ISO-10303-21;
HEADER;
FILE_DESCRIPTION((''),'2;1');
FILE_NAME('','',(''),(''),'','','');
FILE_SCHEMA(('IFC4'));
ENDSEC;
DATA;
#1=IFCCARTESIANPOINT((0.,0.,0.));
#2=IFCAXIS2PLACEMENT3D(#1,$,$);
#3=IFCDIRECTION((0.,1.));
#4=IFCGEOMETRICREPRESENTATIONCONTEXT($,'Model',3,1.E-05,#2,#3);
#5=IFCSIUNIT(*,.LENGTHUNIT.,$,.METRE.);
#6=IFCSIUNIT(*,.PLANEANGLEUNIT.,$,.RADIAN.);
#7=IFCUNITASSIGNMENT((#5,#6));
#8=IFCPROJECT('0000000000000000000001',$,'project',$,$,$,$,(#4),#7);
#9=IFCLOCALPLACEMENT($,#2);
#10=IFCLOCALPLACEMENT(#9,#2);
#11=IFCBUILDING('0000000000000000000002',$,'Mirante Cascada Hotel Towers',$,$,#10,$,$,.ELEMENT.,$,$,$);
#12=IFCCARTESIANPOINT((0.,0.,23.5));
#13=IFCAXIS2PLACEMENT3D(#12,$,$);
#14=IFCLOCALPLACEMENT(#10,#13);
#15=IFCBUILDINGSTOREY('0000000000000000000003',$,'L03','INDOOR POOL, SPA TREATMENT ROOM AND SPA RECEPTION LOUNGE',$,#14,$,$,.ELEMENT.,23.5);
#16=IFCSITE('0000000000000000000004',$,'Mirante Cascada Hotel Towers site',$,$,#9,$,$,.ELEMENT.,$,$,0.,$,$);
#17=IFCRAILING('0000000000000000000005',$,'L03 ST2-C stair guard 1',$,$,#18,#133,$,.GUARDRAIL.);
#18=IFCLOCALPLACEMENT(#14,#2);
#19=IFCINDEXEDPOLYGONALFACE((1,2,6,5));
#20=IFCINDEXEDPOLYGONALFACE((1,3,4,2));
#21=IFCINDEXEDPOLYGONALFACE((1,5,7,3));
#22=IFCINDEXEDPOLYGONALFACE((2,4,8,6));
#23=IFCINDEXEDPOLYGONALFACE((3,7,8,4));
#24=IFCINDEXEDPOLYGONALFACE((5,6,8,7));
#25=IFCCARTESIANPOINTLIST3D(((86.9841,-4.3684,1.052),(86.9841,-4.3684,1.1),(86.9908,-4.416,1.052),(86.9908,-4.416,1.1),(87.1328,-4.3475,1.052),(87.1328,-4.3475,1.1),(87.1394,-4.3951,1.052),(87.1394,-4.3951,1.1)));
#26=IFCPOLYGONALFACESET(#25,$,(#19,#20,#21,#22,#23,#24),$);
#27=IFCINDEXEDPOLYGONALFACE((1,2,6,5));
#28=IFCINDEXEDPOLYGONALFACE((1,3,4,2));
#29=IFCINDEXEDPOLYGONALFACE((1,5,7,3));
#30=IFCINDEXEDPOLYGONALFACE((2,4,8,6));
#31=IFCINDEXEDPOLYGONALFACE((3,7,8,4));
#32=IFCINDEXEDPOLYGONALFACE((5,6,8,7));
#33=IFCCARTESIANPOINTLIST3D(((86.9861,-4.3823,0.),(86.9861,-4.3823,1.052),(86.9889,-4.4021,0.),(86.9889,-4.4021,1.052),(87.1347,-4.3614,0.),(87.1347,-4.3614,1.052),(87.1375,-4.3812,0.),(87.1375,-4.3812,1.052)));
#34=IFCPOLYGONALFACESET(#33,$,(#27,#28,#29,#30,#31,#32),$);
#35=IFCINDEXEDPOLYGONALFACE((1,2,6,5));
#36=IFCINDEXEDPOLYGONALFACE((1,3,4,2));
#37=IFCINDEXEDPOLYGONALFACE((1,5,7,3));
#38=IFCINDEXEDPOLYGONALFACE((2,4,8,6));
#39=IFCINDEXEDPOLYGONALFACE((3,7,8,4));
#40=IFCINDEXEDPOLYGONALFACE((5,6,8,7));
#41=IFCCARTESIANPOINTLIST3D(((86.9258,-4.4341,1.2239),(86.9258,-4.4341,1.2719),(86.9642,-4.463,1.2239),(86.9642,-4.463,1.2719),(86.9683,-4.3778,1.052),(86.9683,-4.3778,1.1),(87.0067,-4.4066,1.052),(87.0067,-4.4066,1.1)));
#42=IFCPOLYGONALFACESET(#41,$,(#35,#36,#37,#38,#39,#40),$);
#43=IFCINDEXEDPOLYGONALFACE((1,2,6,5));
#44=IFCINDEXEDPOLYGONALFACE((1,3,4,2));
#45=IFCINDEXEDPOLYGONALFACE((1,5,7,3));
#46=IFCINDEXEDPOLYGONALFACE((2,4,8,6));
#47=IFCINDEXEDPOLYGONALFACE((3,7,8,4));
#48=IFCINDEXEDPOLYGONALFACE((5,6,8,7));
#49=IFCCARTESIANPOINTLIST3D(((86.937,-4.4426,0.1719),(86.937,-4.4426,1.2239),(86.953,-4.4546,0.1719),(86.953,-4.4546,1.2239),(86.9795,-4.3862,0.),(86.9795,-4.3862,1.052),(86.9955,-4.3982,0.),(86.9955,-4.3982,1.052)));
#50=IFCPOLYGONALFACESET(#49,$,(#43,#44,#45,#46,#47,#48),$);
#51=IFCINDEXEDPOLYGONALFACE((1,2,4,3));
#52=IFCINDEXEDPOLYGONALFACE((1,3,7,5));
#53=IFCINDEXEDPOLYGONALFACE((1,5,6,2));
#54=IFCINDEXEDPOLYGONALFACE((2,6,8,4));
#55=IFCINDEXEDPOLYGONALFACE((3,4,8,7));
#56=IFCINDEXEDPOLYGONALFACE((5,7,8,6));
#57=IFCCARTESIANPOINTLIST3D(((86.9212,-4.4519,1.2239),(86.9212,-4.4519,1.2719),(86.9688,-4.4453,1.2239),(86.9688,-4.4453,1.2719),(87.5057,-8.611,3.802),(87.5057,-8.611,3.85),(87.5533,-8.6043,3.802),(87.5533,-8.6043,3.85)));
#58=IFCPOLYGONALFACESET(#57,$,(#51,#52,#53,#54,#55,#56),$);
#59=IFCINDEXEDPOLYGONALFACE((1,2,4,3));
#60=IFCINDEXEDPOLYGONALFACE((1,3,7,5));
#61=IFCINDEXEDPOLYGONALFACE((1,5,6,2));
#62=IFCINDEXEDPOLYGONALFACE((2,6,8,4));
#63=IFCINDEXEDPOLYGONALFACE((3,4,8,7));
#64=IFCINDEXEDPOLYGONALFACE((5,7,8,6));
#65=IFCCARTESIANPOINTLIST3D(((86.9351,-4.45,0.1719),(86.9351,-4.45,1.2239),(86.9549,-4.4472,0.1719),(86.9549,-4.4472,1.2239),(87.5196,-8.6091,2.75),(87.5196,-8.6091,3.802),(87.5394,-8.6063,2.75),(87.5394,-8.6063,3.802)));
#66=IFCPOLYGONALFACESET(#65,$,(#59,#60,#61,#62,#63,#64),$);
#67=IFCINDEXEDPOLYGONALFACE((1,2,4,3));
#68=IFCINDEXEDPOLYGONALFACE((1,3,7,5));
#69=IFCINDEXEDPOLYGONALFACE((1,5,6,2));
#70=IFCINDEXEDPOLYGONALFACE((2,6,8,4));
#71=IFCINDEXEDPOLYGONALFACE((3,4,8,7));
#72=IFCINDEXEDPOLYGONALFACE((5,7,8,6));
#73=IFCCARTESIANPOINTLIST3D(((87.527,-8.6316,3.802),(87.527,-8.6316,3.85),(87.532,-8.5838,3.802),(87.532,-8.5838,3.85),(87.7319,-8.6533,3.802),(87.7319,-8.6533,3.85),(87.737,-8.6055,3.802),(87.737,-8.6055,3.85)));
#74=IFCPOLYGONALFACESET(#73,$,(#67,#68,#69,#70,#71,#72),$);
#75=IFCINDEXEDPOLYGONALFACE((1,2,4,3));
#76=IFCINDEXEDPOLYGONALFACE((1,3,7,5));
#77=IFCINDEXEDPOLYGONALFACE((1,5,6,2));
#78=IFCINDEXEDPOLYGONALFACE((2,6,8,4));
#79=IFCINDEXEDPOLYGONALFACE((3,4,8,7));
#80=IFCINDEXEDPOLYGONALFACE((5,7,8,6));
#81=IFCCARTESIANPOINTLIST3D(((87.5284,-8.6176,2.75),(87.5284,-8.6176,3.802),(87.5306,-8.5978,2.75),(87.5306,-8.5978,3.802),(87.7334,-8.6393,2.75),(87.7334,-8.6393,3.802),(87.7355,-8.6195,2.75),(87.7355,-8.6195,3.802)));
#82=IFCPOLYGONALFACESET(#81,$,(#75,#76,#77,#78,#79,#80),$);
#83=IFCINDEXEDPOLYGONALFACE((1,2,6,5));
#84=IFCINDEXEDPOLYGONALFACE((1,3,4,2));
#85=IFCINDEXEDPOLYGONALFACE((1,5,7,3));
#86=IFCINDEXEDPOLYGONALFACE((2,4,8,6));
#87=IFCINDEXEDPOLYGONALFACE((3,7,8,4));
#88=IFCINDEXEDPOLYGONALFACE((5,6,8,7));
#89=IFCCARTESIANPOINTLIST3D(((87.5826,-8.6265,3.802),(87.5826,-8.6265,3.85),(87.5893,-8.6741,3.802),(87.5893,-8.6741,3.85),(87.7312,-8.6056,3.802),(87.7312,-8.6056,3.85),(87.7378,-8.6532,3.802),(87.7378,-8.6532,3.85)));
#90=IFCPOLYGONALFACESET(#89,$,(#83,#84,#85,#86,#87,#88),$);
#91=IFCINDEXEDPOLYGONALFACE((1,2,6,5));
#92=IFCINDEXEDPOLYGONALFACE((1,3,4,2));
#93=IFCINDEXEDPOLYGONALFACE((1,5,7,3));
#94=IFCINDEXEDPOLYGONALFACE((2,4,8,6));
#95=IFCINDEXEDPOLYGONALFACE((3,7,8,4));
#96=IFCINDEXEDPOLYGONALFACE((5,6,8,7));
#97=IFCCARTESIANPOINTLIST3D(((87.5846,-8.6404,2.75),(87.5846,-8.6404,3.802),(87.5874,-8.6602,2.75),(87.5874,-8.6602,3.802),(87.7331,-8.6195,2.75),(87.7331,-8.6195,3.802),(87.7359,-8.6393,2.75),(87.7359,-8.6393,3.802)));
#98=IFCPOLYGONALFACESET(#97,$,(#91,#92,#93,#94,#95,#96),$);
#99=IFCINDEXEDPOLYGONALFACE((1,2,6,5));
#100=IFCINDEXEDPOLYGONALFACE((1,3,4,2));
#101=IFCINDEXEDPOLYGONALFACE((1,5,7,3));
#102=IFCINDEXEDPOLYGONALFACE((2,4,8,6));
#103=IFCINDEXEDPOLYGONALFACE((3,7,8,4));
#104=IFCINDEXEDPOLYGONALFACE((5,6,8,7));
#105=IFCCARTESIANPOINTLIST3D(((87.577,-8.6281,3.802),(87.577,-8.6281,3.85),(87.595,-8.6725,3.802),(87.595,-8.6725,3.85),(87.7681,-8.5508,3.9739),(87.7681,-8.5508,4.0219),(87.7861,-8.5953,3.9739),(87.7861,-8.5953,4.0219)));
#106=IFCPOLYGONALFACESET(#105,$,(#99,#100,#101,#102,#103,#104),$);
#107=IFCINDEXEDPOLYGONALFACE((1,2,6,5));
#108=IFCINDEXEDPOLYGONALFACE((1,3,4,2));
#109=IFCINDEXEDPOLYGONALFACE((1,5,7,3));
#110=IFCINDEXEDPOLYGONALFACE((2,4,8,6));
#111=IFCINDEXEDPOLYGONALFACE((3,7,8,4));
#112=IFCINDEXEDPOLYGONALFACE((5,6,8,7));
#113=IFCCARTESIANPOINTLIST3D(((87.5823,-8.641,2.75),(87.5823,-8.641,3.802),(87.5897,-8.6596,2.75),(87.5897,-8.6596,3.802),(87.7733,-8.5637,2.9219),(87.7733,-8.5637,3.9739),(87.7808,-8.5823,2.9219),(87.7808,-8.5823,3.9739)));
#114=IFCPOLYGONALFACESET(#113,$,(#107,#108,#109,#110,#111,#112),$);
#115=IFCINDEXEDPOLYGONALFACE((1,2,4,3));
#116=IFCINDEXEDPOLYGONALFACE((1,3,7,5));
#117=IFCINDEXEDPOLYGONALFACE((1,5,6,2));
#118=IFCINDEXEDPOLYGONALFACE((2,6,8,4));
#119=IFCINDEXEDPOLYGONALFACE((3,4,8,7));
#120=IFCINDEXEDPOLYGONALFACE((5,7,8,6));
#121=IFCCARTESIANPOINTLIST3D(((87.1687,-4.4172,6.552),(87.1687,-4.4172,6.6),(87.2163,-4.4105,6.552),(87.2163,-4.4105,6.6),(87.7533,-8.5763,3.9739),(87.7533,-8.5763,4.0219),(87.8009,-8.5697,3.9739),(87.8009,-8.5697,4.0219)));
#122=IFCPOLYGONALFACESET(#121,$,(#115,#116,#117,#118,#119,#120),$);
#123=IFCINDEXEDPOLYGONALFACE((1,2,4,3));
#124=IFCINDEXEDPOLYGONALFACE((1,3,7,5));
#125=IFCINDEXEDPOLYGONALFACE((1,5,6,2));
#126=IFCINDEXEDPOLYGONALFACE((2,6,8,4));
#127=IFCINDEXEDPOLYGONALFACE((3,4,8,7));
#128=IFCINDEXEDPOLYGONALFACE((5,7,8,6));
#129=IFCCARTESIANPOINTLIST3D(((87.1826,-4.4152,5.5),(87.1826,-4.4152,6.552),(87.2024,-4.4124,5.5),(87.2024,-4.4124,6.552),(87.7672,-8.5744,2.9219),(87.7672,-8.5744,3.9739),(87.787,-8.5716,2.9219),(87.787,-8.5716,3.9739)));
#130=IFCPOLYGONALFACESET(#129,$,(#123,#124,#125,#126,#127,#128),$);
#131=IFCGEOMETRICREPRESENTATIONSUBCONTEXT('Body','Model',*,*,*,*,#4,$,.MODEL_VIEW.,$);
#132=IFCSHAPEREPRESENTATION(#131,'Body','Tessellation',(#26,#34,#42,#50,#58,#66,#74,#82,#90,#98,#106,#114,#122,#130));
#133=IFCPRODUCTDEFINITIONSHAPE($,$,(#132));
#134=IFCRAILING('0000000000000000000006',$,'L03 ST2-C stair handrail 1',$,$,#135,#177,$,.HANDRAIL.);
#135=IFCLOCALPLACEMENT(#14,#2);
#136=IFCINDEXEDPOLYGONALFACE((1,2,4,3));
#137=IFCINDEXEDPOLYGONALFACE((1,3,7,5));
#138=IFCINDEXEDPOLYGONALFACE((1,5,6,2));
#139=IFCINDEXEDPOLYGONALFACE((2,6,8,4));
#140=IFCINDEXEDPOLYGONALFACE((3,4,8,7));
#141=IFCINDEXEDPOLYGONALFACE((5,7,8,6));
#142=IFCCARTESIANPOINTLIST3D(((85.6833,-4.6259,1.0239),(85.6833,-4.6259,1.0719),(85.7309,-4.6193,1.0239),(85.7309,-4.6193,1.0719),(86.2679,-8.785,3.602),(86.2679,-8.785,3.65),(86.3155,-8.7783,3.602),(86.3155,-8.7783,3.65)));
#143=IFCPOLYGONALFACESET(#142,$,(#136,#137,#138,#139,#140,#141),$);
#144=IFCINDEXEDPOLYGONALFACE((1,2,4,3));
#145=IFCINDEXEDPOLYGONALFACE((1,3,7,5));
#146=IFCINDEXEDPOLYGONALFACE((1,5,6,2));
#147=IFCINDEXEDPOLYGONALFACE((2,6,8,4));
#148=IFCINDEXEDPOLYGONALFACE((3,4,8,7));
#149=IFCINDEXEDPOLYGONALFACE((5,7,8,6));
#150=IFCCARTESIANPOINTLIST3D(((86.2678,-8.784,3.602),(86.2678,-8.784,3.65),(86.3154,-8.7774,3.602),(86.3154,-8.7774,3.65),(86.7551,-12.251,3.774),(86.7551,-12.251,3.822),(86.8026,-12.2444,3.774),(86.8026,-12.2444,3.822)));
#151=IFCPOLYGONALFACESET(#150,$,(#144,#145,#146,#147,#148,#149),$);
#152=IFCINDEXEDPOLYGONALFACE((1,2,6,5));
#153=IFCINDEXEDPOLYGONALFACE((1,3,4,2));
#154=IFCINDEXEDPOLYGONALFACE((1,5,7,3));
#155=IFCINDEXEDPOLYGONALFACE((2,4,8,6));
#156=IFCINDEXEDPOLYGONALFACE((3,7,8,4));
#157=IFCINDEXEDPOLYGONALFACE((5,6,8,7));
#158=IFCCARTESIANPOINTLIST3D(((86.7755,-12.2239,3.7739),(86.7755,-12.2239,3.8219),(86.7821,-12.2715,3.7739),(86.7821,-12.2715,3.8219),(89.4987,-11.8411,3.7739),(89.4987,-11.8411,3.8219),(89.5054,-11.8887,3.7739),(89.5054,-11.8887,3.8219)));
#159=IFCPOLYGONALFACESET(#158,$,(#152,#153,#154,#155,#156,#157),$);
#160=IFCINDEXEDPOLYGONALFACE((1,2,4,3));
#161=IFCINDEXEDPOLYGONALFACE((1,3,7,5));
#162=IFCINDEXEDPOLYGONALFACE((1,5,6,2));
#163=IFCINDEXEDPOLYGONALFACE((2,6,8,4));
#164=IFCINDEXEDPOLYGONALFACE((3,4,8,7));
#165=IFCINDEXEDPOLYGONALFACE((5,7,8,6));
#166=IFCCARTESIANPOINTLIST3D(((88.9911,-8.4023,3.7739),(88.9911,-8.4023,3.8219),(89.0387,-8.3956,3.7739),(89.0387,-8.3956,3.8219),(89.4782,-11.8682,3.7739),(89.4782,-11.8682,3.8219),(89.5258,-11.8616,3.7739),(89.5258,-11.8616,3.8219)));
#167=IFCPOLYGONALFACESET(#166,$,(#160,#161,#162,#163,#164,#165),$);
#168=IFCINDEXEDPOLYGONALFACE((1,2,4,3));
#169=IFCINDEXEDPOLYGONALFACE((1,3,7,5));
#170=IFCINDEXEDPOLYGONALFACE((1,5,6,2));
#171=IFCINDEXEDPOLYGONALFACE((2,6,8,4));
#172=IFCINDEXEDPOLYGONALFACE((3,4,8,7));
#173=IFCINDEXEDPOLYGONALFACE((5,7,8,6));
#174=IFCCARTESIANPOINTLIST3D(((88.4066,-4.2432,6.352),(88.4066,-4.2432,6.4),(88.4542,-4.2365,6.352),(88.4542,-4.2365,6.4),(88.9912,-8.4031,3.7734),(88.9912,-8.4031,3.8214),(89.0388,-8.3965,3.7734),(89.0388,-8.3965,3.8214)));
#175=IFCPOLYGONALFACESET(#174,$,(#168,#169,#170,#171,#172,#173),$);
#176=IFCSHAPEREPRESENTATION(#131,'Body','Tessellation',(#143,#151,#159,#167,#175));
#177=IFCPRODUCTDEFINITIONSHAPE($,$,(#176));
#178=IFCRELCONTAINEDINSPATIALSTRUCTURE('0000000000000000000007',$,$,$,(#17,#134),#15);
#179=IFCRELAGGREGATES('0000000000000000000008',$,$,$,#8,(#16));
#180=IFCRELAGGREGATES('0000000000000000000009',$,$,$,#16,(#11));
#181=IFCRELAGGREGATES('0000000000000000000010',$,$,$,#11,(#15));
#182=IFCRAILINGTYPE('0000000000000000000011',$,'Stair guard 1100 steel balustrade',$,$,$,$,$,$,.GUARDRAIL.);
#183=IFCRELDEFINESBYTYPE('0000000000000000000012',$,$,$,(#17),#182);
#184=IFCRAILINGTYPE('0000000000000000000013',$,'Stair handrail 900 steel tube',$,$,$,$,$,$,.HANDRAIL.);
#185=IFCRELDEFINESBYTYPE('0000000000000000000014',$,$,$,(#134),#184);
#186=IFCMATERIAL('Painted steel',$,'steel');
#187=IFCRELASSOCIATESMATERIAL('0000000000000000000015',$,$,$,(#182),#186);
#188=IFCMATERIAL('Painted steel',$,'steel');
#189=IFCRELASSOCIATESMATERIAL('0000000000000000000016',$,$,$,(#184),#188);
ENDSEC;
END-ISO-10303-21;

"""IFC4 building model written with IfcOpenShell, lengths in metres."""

from ifc_helpers import new_model, si_unit, direction, frame, origin, origin_2d, place, context, subcontext, project, spatial, rectangle, extrude, material, type_object, element, save


model = new_model("IFC4")

# Units and contexts
model_context = context("Model", 3, precision=1e-05, world=origin(), true_north=direction((0.0, 1.0)))
body_context = subcontext(model_context, "Body", "Model", "MODEL_VIEW")
ifc_project = project(units=[si_unit("LENGTHUNIT", "METRE"), si_unit("PLANEANGLEUNIT", "RADIAN")], contexts=[model_context])

# Site, building, storey
site_placement = place(None, origin())
site = spatial("IfcSite", under=ifc_project, at=site_placement, Name="Mirante Cascada Hotel Towers site", CompositionType="ELEMENT", RefElevation=0.0)
building_placement = place(site_placement, origin())
building = spatial("IfcBuilding", under=site, at=building_placement, Name="Mirante Cascada Hotel Towers", CompositionType="ELEMENT")
storey_placement = place(building_placement, frame((0.0, 0.0, 23.5)))
storey = spatial("IfcBuildingStorey", under=building, at=storey_placement, Name="L03", Description="INDOOR POOL, SPA TREATMENT ROOM AND SPA RECEPTION LOUNGE", CompositionType="ELEMENT", Elevation=23.5)

# Railings
ifc_material_1 = material(Name="Painted steel", Category="steel")
railing_type_1 = type_object("IfcRailingType", Name="Stair guard 1100 steel balustrade", PredefinedType="GUARDRAIL", material=ifc_material_1)
railing_1_placement = place(storey_placement, frame((87.1361, -4.3713, 0.0)))
element("IfcRailing", 1, at=railing_1_placement, inside=storey, type_object=railing_type_1, Name="L03 ST2-C stair guard 1", PredefinedType="GUARDRAIL", context=body_context, shape_type="SweptSolid", body=[
    extrude(rectangle(XDim=0.048, YDim=0.048, at=origin_2d()), frame((0.0, 0.0, 1.076), z_axis=(-0.990254, -0.139275, 0.0), x_axis=(0.139275, -0.990254, 0.0)), (0.0, 0.0, 1.0), 0.1501),
    extrude(rectangle(XDim=0.02, YDim=1.052, at=origin_2d()), frame((0.0, 0.0, 0.526), z_axis=(-0.990254, -0.139275, 0.0), x_axis=(0.139275, -0.990254, 0.0)), (0.0, 0.0, 1.0), 0.1501),
    extrude(rectangle(XDim=0.048, YDim=0.048, at=origin_2d()), frame((-0.1486, -0.0209, 1.076), z_axis=(-0.601811, -0.798639, 0.0), x_axis=(0.798639, -0.601811, 0.0)), (0.0, 0.924985, 0.380004), 0.1858),
    extrude(rectangle(XDim=0.02, YDim=1.052, at=origin_2d()), frame((-0.1486, -0.0209, 0.526), z_axis=(-0.601811, -0.798639, 0.0), x_axis=(0.798639, -0.601811, 0.0)), (0.0, 0.924985, 0.380004), 0.1858),
    extrude(rectangle(XDim=0.048, YDim=0.048, at=origin_2d()), frame((-0.1911, -0.0773, 1.2479), z_axis=(0.139168, -0.990269, 0.0), x_axis=(0.990269, 0.139168, 0.0)), (0.0, 0.523141, 0.852246), 4.9281),
    extrude(rectangle(XDim=0.02, YDim=1.052, at=origin_2d()), frame((-0.1911, -0.0773, 0.6979), z_axis=(0.139168, -0.990269, 0.0), x_axis=(0.990269, 0.139168, 0.0)), (0.0, 0.523141, 0.852246), 4.9281),
    extrude(rectangle(XDim=0.048, YDim=0.048, at=origin_2d()), frame((0.3934, -4.2364, 3.826), z_axis=(0.994444, -0.105266, 0.0), x_axis=(0.105266, 0.994444, 0.0)), (0.0, 0.0, 1.0), 0.2061),
    extrude(rectangle(XDim=0.02, YDim=1.052, at=origin_2d()), frame((0.3934, -4.2364, 3.276), z_axis=(0.994444, -0.105266, 0.0), x_axis=(0.105266, 0.994444, 0.0)), (0.0, 0.0, 1.0), 0.2061),
    extrude(rectangle(XDim=0.048, YDim=0.048, at=origin_2d()), frame((0.5984, -4.2581, 3.826), z_axis=(-0.990241, -0.139367, 0.0), x_axis=(0.139367, -0.990241, 0.0)), (0.0, 0.0, 1.0), 0.15),
    extrude(rectangle(XDim=0.02, YDim=1.052, at=origin_2d()), frame((0.5984, -4.2581, 3.276), z_axis=(-0.990241, -0.139367, 0.0), x_axis=(0.139367, -0.990241, 0.0)), (0.0, 0.0, 1.0), 0.15),
    extrude(rectangle(XDim=0.048, YDim=0.048, at=origin_2d()), frame((0.4499, -4.279, 3.826), z_axis=(0.927031, 0.374984, 0.0), x_axis=(-0.374984, 0.927031, 0.0)), (0.0, 0.640437, 0.76801), 0.2684),
    extrude(rectangle(XDim=0.02, YDim=1.052, at=origin_2d()), frame((0.4499, -4.279, 3.276), z_axis=(0.927031, 0.374984, 0.0), x_axis=(-0.374984, 0.927031, 0.0)), (0.0, 0.640437, 0.76801), 0.2684),
    extrude(rectangle(XDim=0.048, YDim=0.048, at=origin_2d()), frame((0.641, -4.2017, 3.9979), z_axis=(-0.139188, 0.990266, 0.0), x_axis=(-0.990266, -0.139188, 0.0)), (0.0, 0.523131, 0.852252), 4.9282),
    extrude(rectangle(XDim=0.02, YDim=1.052, at=origin_2d()), frame((0.641, -4.2017, 3.4479), z_axis=(-0.139188, 0.990266, 0.0), x_axis=(-0.990266, -0.139188, 0.0)), (0.0, 0.523131, 0.852252), 4.9282),
])
ifc_material_2 = material(Name="Painted steel", Category="steel")
railing_type_2 = type_object("IfcRailingType", Name="Stair handrail 900 steel tube", PredefinedType="HANDRAIL", material=ifc_material_2)
railing_2_placement = place(storey_placement, frame((85.7071, -4.6226, 0.1719)))
element("IfcRailing", 2, at=railing_2_placement, inside=storey, type_object=railing_type_2, Name="L03 ST2-C stair handrail 1", PredefinedType="HANDRAIL", context=body_context, shape_type="SweptSolid", body=[
    extrude(rectangle(XDim=0.048, YDim=0.048, at=origin_2d()), frame((0.0, 0.0, 0.876), z_axis=(0.139191, -0.990266, 0.0), x_axis=(0.990266, 0.139191, 0.0)), (0.0, 0.52314, 0.852247), 4.9281),
    extrude(rectangle(XDim=0.048, YDim=0.048, at=origin_2d()), frame((0.5845, -4.1581, 3.4541), z_axis=(0.139169, -0.990269, 0.0), x_axis=(0.990269, 0.139169, 0.0)), (0.0, 0.049054, 0.998796), 3.5053),
    extrude(rectangle(XDim=0.048, YDim=0.048, at=origin_2d()), frame((1.0717, -7.6251, 3.626), z_axis=(0.990264, 0.139201, 0.0), x_axis=(-0.139201, 0.990264, 0.0)), (0.0, 0.0, 1.0), 2.75),
    extrude(rectangle(XDim=0.048, YDim=0.048, at=origin_2d()), frame((3.7949, -7.2423, 3.626), z_axis=(-0.139173, 0.990268, 0.0), x_axis=(-0.990268, -0.139173, 0.0)), (0.0, 0.0, 1.0), 3.5),
    extrude(rectangle(XDim=0.048, YDim=0.048, at=origin_2d()), frame((3.3079, -3.7772, 3.6255), z_axis=(-0.139168, 0.990269, 0.0), x_axis=(-0.990269, -0.139168, 0.0)), (0.0, 0.523141, 0.852246), 4.9291),
])

save(model, "model.ifc")
